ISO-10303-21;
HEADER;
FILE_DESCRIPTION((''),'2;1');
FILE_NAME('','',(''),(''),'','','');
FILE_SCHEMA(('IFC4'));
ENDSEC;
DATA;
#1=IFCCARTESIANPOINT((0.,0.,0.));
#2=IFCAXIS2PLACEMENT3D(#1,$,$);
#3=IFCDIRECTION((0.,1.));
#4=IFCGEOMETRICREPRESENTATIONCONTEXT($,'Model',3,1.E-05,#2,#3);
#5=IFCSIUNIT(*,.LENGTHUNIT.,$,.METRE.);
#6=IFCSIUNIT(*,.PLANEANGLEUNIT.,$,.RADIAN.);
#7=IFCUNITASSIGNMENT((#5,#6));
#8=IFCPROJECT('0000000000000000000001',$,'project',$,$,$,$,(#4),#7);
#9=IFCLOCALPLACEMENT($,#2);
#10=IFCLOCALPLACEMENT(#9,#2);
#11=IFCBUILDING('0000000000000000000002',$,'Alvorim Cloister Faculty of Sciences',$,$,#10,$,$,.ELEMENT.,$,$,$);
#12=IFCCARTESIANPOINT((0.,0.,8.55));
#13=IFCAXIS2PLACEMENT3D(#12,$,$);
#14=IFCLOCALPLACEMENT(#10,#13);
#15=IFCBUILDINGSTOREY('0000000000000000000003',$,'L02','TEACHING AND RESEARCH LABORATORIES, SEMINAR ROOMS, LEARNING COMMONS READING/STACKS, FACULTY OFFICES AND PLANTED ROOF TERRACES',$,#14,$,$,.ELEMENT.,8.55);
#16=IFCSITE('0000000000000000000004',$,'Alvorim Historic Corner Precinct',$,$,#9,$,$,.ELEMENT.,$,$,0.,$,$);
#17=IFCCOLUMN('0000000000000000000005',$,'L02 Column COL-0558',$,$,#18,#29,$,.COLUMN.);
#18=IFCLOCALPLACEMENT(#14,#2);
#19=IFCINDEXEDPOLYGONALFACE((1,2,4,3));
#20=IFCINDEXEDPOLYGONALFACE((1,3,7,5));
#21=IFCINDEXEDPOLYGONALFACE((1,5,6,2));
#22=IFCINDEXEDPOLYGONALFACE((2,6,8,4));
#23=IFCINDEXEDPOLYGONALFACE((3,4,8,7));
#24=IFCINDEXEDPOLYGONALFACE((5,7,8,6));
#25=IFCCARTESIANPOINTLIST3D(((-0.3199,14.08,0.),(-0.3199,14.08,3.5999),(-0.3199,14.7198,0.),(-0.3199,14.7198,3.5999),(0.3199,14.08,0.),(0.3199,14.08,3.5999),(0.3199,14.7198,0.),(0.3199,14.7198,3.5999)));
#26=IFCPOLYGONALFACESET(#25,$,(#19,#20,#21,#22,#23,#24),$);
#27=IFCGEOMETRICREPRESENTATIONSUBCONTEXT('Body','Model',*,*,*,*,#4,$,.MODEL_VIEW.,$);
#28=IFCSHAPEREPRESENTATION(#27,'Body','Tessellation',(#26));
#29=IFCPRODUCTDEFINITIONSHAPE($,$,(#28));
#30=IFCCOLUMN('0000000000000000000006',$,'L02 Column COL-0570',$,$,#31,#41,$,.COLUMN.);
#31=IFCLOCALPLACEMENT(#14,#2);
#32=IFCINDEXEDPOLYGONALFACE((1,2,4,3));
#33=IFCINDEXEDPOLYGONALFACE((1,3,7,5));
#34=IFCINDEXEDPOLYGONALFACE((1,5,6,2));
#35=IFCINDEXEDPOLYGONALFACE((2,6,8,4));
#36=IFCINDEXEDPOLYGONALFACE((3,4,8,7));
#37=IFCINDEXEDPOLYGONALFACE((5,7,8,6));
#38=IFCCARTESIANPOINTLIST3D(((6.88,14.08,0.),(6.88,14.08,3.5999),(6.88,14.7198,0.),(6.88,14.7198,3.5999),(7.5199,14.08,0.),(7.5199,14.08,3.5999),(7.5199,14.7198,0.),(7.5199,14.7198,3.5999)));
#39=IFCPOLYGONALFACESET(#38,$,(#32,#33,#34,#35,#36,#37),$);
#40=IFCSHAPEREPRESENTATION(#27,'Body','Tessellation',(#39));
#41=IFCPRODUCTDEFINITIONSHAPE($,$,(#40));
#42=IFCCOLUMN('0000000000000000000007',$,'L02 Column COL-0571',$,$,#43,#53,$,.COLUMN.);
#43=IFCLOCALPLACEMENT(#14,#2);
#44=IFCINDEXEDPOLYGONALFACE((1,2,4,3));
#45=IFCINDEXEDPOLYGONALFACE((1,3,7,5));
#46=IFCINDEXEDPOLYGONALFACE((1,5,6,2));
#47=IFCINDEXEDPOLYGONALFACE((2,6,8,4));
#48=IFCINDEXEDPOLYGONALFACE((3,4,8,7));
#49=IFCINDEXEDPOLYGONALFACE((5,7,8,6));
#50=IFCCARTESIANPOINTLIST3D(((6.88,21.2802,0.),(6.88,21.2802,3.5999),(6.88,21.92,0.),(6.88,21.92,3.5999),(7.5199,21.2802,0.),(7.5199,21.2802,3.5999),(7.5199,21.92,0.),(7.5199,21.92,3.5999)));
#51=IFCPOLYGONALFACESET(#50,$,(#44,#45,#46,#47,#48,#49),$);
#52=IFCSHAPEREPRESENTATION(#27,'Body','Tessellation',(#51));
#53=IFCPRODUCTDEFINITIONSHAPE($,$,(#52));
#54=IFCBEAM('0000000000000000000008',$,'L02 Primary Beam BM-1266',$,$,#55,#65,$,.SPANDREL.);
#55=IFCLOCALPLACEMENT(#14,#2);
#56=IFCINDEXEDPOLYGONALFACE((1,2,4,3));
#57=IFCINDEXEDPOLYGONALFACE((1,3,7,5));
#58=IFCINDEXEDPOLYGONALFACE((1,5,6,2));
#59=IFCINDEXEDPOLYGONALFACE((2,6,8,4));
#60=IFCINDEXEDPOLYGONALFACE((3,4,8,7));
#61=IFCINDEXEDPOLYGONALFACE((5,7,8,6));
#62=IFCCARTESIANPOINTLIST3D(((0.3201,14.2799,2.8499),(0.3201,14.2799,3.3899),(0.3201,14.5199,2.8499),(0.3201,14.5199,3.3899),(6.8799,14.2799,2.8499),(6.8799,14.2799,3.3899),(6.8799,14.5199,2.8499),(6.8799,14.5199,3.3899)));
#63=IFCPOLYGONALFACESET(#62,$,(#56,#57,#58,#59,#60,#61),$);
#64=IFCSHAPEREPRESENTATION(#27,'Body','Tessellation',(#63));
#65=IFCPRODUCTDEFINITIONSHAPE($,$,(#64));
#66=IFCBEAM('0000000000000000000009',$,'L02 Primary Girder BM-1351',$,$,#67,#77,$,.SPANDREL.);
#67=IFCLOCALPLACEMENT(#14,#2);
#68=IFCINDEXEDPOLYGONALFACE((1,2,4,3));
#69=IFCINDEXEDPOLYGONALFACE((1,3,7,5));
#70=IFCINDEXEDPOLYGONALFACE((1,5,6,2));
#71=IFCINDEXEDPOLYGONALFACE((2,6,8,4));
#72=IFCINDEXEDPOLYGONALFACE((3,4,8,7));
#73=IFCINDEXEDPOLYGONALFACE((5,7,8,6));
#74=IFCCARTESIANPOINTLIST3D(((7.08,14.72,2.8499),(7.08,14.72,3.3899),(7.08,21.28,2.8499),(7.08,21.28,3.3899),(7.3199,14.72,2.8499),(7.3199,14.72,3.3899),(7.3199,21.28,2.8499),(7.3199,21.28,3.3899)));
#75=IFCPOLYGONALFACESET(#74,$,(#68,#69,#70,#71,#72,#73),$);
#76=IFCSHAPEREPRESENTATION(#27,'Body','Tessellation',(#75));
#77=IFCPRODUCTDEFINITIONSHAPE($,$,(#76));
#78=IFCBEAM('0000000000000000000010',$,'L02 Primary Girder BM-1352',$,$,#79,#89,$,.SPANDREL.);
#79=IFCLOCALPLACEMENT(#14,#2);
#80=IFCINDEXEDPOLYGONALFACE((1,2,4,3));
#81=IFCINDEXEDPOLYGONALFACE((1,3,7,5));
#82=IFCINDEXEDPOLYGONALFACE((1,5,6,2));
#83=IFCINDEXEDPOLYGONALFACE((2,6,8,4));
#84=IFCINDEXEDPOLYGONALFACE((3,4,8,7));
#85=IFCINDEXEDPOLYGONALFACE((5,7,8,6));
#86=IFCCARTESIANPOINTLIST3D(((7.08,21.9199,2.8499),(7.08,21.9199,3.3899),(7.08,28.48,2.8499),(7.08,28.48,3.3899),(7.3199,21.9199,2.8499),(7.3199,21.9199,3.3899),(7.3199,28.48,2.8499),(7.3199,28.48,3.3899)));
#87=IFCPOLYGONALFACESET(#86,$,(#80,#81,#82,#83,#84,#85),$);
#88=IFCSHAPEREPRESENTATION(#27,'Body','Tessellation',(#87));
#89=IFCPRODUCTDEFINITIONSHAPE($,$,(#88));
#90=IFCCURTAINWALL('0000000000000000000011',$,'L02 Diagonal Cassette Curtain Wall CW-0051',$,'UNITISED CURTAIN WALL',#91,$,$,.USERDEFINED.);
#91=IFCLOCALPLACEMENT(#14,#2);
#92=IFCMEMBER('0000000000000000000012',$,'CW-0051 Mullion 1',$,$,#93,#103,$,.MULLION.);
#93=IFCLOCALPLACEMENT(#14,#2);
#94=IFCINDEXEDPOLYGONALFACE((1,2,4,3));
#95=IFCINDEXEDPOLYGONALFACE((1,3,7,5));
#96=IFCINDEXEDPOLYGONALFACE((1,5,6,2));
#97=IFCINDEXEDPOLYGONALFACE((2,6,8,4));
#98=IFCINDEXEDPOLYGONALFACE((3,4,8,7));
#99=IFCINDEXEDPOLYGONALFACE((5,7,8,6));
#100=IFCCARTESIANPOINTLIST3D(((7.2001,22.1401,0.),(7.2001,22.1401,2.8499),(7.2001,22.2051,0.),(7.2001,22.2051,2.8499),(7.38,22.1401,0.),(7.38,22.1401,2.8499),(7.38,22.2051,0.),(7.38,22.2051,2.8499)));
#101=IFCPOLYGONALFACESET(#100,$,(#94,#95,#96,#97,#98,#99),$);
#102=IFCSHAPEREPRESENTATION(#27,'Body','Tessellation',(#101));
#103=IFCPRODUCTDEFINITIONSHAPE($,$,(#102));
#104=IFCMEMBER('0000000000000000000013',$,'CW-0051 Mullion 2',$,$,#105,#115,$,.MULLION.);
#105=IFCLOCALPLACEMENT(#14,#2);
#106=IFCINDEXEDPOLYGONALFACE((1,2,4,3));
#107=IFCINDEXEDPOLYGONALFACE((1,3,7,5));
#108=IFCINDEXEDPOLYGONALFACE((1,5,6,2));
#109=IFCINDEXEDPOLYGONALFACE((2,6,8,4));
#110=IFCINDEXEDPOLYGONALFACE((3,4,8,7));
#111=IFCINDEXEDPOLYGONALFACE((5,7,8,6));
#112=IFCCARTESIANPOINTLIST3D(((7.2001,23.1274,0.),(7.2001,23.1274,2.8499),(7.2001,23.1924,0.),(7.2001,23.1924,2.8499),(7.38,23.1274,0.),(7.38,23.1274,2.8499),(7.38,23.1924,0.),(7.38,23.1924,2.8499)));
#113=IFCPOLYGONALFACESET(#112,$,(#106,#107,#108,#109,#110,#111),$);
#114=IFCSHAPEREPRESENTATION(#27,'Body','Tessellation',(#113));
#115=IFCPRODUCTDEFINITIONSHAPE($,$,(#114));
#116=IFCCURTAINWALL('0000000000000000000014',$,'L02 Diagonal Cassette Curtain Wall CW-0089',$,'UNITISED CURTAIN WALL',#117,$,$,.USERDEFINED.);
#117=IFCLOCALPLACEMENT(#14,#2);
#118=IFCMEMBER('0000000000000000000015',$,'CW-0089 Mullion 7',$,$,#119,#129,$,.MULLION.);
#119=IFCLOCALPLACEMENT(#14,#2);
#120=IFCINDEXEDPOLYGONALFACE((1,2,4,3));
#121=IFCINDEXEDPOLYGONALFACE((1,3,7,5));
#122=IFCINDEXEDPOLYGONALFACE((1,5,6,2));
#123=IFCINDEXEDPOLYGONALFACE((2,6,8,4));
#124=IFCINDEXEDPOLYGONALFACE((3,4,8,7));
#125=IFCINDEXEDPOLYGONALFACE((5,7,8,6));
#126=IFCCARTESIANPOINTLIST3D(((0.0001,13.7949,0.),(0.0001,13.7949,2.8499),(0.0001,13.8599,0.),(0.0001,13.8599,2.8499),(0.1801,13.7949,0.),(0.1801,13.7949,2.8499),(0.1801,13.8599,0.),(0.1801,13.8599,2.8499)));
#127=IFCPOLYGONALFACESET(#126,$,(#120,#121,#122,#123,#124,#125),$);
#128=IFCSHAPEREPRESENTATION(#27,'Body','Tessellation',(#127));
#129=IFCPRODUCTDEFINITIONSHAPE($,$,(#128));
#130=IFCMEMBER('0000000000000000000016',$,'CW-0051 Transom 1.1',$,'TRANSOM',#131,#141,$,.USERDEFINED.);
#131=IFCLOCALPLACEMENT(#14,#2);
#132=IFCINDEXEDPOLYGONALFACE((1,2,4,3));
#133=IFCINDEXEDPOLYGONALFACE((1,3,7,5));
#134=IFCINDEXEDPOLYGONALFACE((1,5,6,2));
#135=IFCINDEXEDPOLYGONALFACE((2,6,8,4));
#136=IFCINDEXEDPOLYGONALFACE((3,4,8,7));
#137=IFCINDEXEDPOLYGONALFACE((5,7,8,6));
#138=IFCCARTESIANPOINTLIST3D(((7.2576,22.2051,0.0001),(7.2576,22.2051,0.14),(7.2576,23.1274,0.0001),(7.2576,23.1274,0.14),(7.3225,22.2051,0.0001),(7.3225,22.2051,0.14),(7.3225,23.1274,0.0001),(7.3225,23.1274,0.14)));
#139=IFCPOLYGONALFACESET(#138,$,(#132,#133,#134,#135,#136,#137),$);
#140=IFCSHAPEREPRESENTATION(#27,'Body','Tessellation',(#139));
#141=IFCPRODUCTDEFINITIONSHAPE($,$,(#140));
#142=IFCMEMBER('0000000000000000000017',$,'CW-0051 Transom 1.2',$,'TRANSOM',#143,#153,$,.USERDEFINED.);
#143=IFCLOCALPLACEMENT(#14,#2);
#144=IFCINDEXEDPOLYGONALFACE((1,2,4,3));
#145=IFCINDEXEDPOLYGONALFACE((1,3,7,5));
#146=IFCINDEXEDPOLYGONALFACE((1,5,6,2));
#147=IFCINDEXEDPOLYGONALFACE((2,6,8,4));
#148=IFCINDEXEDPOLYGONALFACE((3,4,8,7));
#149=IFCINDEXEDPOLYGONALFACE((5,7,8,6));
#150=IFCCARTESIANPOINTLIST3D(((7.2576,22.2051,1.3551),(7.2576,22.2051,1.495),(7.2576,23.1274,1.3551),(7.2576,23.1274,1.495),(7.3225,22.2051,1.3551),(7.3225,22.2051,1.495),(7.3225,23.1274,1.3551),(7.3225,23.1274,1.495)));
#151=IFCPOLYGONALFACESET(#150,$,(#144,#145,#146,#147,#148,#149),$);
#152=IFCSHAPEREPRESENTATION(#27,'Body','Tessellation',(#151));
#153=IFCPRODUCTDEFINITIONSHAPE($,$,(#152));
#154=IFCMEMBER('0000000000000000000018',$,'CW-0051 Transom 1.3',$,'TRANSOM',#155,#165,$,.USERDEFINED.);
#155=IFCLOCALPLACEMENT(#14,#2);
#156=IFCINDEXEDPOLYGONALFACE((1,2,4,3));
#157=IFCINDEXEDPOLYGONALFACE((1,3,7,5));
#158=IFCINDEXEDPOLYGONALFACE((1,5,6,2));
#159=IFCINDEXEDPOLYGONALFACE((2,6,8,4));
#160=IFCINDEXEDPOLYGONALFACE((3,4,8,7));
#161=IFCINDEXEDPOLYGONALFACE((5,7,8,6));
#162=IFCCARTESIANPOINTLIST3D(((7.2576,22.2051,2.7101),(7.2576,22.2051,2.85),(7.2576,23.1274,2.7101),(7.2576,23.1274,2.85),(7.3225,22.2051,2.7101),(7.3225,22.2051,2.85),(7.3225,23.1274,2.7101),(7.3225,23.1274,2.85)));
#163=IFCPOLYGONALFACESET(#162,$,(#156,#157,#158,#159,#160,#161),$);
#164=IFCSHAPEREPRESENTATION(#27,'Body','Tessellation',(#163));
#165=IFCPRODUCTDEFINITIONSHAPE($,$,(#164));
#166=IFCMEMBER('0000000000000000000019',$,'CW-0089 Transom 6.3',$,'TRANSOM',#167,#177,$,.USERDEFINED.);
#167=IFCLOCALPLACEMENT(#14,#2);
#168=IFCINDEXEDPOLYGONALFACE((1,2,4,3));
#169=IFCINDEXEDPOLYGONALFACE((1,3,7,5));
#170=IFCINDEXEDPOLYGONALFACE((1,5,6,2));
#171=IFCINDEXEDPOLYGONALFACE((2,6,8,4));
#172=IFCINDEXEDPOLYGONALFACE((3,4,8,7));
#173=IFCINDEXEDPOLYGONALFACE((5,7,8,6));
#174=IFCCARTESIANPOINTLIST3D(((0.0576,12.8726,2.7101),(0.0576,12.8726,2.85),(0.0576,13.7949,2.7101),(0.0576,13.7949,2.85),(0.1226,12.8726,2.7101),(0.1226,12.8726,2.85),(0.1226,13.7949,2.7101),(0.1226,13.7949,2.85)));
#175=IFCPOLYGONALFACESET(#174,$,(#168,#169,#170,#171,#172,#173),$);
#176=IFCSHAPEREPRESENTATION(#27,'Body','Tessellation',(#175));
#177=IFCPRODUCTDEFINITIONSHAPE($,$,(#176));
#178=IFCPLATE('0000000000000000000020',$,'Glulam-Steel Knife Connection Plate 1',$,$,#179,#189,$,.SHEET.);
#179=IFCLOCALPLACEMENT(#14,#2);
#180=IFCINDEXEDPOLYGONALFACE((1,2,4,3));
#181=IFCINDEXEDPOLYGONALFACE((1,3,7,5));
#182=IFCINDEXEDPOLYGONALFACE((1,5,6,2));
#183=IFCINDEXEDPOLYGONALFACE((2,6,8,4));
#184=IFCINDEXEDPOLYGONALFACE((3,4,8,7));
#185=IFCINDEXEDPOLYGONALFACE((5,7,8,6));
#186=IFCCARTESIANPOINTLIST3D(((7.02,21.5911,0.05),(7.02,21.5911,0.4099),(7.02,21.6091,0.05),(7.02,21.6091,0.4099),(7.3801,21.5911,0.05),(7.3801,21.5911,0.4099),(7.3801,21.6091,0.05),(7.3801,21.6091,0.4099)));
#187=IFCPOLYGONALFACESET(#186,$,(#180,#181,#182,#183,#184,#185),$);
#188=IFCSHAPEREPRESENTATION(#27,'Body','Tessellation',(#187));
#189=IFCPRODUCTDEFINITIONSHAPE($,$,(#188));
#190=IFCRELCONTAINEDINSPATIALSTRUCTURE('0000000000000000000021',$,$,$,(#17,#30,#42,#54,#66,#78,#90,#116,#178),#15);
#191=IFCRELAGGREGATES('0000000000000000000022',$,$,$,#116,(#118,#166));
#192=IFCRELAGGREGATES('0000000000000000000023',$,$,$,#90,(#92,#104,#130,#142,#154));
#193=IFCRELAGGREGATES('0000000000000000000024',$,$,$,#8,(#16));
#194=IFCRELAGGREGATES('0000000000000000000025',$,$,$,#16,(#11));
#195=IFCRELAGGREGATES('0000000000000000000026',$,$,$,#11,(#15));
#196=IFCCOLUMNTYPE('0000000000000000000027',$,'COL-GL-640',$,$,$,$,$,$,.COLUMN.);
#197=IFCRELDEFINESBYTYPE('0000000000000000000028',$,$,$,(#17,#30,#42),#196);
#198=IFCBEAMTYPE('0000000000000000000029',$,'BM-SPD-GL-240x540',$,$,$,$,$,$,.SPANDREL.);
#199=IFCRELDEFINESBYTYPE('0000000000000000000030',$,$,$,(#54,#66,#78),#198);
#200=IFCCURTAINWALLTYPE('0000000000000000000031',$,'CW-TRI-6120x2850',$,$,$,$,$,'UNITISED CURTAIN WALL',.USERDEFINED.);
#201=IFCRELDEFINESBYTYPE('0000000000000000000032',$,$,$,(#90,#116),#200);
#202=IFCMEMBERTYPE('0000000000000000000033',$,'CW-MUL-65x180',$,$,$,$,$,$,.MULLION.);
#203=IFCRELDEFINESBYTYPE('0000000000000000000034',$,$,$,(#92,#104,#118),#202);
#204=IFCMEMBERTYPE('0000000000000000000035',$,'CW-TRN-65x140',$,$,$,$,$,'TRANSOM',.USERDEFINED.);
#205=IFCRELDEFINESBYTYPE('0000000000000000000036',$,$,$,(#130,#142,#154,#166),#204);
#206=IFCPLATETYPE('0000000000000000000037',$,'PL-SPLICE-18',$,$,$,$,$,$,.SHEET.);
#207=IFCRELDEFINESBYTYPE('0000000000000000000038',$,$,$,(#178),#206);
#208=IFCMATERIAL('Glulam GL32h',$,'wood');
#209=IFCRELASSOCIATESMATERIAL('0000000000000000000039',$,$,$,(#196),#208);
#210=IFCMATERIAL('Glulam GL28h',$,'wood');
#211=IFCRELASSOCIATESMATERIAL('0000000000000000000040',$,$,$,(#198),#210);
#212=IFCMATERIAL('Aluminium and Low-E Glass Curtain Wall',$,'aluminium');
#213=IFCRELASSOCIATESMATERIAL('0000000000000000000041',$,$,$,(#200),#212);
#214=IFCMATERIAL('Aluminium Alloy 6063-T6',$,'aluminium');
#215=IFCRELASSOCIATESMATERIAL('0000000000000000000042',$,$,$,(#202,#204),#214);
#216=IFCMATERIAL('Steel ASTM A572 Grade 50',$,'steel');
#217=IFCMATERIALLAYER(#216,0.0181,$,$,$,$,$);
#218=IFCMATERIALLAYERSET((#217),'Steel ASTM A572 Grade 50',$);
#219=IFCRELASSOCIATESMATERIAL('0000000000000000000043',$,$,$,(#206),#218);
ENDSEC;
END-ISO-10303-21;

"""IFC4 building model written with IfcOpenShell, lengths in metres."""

from ifc_helpers import new_model, si_unit, direction, frame, origin, origin_2d, place, context, subcontext, project, spatial, polyline, rectangle, outline, extrude, material, layer, layer_set, material_profile, profile_set, type_object, element, aggregate, save


model = new_model("IFC4")

# Units and contexts
model_context = context("Model", 3, precision=1e-05, world=origin(), true_north=direction((0.0, 1.0)))
body_context = subcontext(model_context, "Body", "Model", "MODEL_VIEW")
ifc_project = project(units=[si_unit("LENGTHUNIT", "METRE"), si_unit("PLANEANGLEUNIT", "RADIAN")], contexts=[model_context])

# Site, building, storey
site_placement = place(None, origin())
site = spatial("IfcSite", under=ifc_project, at=site_placement, Name="Alvorim Historic Corner Precinct", CompositionType="ELEMENT", RefElevation=0.0)
building_placement = place(site_placement, origin())
building = spatial("IfcBuilding", under=site, at=building_placement, Name="Alvorim Cloister Faculty of Sciences", CompositionType="ELEMENT")
storey_placement = place(building_placement, frame((0.0, 0.0, 8.55)))
storey = spatial("IfcBuildingStorey", under=building, at=storey_placement, Name="L02", Description="TEACHING AND RESEARCH LABORATORIES, SEMINAR ROOMS, LEARNING COMMONS READING/STACKS, FACULTY OFFICES AND PLANTED ROOF TERRACES", CompositionType="ELEMENT", Elevation=8.55)

# Columns
ifc_material_1 = material(Name="Glulam GL32h", Category="wood")
ifc_material_profile_1 = material_profile(ifc_material_1, rectangle(XDim=0.6399, YDim=0.6399, at=origin_2d()), Name="GL32-COL-640x640")
ifc_profile_set_1 = profile_set([ifc_material_profile_1], Name="Glulam GL32h")
column_type = type_object("IfcColumnType", Name="COL-GL-640", PredefinedType="COLUMN", material=ifc_profile_set_1)
for number, where, z_axis, x_axis, name in (
    (1, (0.0, 14.3999, 0.0), (0.0, 0.0, 1.0), (1.0, 0.0, 0.0), "L02 Column COL-0558"),
    (2, (7.2, 14.3999, 0.0), (0.0, 0.0, 1.0), (1.0, 0.0, 0.0), "L02 Column COL-0570"),
    (3, (7.2, 21.6001, 0.0), (0.0, 0.0, 1.0), (1.0, 0.0, 0.0), "L02 Column COL-0571"),
):
    element("IfcColumn", number, at=place(storey_placement, frame(where, z_axis=z_axis, x_axis=x_axis)), inside=storey, type_object=column_type, Name=name, PredefinedType="COLUMN", context=body_context, shape_type="SweptSolid", body=[
        extrude(rectangle(XDim=0.6399, YDim=0.6399, at=origin_2d()), origin(), (0.0, 0.0, 1.0), 3.5999),
    ])

# Beams
ifc_material_2 = material(Name="Glulam GL28h", Category="wood")
ifc_material_profile_2 = material_profile(ifc_material_2, rectangle(XDim=0.24, YDim=0.54, at=origin_2d()), Name="GL28-SPD-240x540")
ifc_profile_set_2 = profile_set([ifc_material_profile_2], Name="Glulam GL28h")
beam_type = type_object("IfcBeamType", Name="BM-SPD-GL-240x540", PredefinedType="SPANDREL", material=ifc_profile_set_2)
beam_placement = place(storey_placement, frame((0.3201, 14.3999, 3.1199), z_axis=(1.0, 0.0, 0.0), x_axis=(0.0, 1.0, 0.0)))
element("IfcBeam", 4, at=beam_placement, inside=storey, type_object=beam_type, Name="L02 Primary Beam BM-1266", PredefinedType="SPANDREL", context=body_context, shape_type="SweptSolid", body=[
    extrude(rectangle(XDim=0.24, YDim=0.54, at=origin_2d()), origin(), (0.0, 0.0, 1.0), 6.5598),
])
for number, where, z_axis, x_axis, name in (
    (5, (7.2, 14.72, 3.1199), (0.0, 1.0, 0.0), (-1.0, 0.0, 0.0), "L02 Primary Girder BM-1351"),
    (6, (7.2, 21.9199, 3.1199), (0.0, 1.0, 0.0), (-1.0, 0.0, 0.0), "L02 Primary Girder BM-1352"),
):
    element("IfcBeam", number, at=place(storey_placement, frame(where, z_axis=z_axis, x_axis=x_axis)), inside=storey, type_object=beam_type, Name=name, PredefinedType="SPANDREL", context=body_context, shape_type="SweptSolid", body=[
        extrude(rectangle(XDim=0.24, YDim=0.54, at=origin_2d()), origin(), (0.0, 0.0, 1.0), 6.5601),
    ])

# Curtain wall, members
ifc_material_3 = material(Name="Aluminium and Low-E Glass Curtain Wall", Category="aluminium")
curtain_wall_type = type_object("IfcCurtainWallType", Name="CW-TRI-6120x2850", ElementType="UNITISED CURTAIN WALL", PredefinedType="USERDEFINED", material=ifc_material_3)
curtain_wall_1_placement = place(storey_placement, origin())
curtain_wall_1 = element("IfcCurtainWall", 7, at=curtain_wall_1_placement, inside=storey, type_object=curtain_wall_type, Name="L02 Diagonal Cassette Curtain Wall CW-0051", ObjectType="UNITISED CURTAIN WALL", PredefinedType="USERDEFINED")
ifc_material_4 = material(Name="Aluminium Alloy 6063-T6", Category="aluminium")
ifc_material_profile_3 = material_profile(ifc_material_4, rectangle(XDim=0.0649, YDim=0.1799, at=origin_2d()), Name="ALU-MUL-65x180")
ifc_profile_set_3 = profile_set([ifc_material_profile_3], Name="Aluminium Alloy 6063-T6")
member_type_1 = type_object("IfcMemberType", Name="CW-MUL-65x180", PredefinedType="MULLION", material=ifc_profile_set_3)
member_1_placement = place(storey_placement, frame((7.29, 22.1726, 0.0), z_axis=(0.0, 0.0, 1.0), x_axis=(0.0, 1.0, 0.0)))
member_1 = element("IfcMember", 8, at=member_1_placement, type_object=member_type_1, Name="CW-0051 Mullion 1", PredefinedType="MULLION", context=body_context, shape_type="SweptSolid", body=[
    extrude(rectangle(XDim=0.0649, YDim=0.1799, at=origin_2d()), origin(), (0.0, 0.0, 1.0), 2.8499),
])
member_2_placement = place(storey_placement, frame((7.29, 23.1599, 0.0), z_axis=(0.0, 0.0, 1.0), x_axis=(0.0, 1.0, 0.0)))
member_2 = element("IfcMember", 9, at=member_2_placement, type_object=member_type_1, Name="CW-0051 Mullion 2", PredefinedType="MULLION", context=body_context, shape_type="SweptSolid", body=[
    extrude(rectangle(XDim=0.0649, YDim=0.1799, at=origin_2d()), origin(), (0.0, 0.0, 1.0), 2.8499),
])

# Curtain wall, member
curtain_wall_2_placement = place(storey_placement, origin())
curtain_wall_2 = element("IfcCurtainWall", 10, at=curtain_wall_2_placement, inside=storey, type_object=curtain_wall_type, Name="L02 Diagonal Cassette Curtain Wall CW-0089", ObjectType="UNITISED CURTAIN WALL", PredefinedType="USERDEFINED")
member_3_placement = place(storey_placement, frame((0.0901, 13.8274, 0.0), z_axis=(0.0, 0.0, 1.0), x_axis=(0.0, 1.0, 0.0)))
member_3 = element("IfcMember", 11, at=member_3_placement, type_object=member_type_1, Name="CW-0089 Mullion 7", PredefinedType="MULLION", context=body_context, shape_type="SweptSolid", body=[
    extrude(rectangle(XDim=0.0649, YDim=0.1799, at=origin_2d()), origin(), (0.0, 0.0, 1.0), 2.8499),
])

# Members
ifc_material_profile_4 = material_profile(ifc_material_4, rectangle(XDim=0.0649, YDim=0.1399, at=origin_2d()), Name="ALU-TRN-65x140")
ifc_profile_set_4 = profile_set([ifc_material_profile_4], Name="Aluminium Alloy 6063-T6")
member_type_2 = type_object("IfcMemberType", Name="CW-TRN-65x140", ElementType="TRANSOM", PredefinedType="USERDEFINED", material=ifc_profile_set_4)
member_4_placement = place(storey_placement, frame((7.29, 22.2051, 0.0701), z_axis=(0.0, 1.0, 0.0), x_axis=(-1.0, 0.0, 0.0)))
member_4 = element("IfcMember", 12, at=member_4_placement, type_object=member_type_2, Name="CW-0051 Transom 1.1", ObjectType="TRANSOM", PredefinedType="USERDEFINED", context=body_context, shape_type="SweptSolid", body=[
    extrude(rectangle(XDim=0.0649, YDim=0.1399, at=origin_2d()), origin(), (0.0, 0.0, 1.0), 0.9224),
])
member_5_placement = place(storey_placement, frame((7.29, 22.2051, 1.425), z_axis=(0.0, 1.0, 0.0), x_axis=(-1.0, 0.0, 0.0)))
member_5 = element("IfcMember", 13, at=member_5_placement, type_object=member_type_2, Name="CW-0051 Transom 1.2", ObjectType="TRANSOM", PredefinedType="USERDEFINED", context=body_context, shape_type="SweptSolid", body=[
    extrude(rectangle(XDim=0.0649, YDim=0.1399, at=origin_2d()), origin(), (0.0, 0.0, 1.0), 0.9224),
])
member_6_placement = place(storey_placement, frame((7.29, 22.2051, 2.78), z_axis=(0.0, 1.0, 0.0), x_axis=(-1.0, 0.0, 0.0)))
member_6 = element("IfcMember", 14, at=member_6_placement, type_object=member_type_2, Name="CW-0051 Transom 1.3", ObjectType="TRANSOM", PredefinedType="USERDEFINED", context=body_context, shape_type="SweptSolid", body=[
    extrude(rectangle(XDim=0.0649, YDim=0.1399, at=origin_2d()), origin(), (0.0, 0.0, 1.0), 0.9224),
])
member_7_placement = place(storey_placement, frame((0.0901, 12.8726, 2.78), z_axis=(0.0, 1.0, 0.0), x_axis=(-1.0, 0.0, 0.0)))
member_7 = element("IfcMember", 15, at=member_7_placement, type_object=member_type_2, Name="CW-0089 Transom 6.3", ObjectType="TRANSOM", PredefinedType="USERDEFINED", context=body_context, shape_type="SweptSolid", body=[
    extrude(rectangle(XDim=0.0649, YDim=0.1399, at=origin_2d()), origin(), (0.0, 0.0, 1.0), 0.9224),
])
aggregate(curtain_wall_2, [member_3, member_7])

# Plate
ifc_material_5 = material(Name="Steel ASTM A572 Grade 50", Category="steel")
ifc_layer_1 = layer(ifc_material_5, 0.0181)
ifc_layer_set_1 = layer_set([ifc_layer_1], Name="Steel ASTM A572 Grade 50")
plate_type_1 = type_object("IfcPlateType", Name="PL-SPLICE-18", PredefinedType="SHEET", material=ifc_layer_set_1)
plate_1_placement = place(storey_placement, frame((7.02, 21.6001, 0.05), z_axis=(0.0, 0.0, 1.0), x_axis=(1.0, 0.0, 0.0)))
element("IfcPlate", 16, at=plate_1_placement, inside=storey, type_object=plate_type_1, Name="Glulam-Steel Knife Connection Plate 1", PredefinedType="SHEET", context=body_context, shape_type="SweptSolid", body=[
    extrude(outline(polyline([(0.0, 0.0), (0.3601, 0.0), (0.3601, 0.3599), (0.0, 0.3599), (0.0, 0.0)])), frame((0.0, 0.009, 0.0), z_axis=(0.0, -1.0, 0.0), x_axis=(1.0, 0.0, 0.0)), (0.0, 0.0, 1.0), 0.0181),
])
aggregate(curtain_wall_1, [member_1, member_2, member_4, member_5, member_6])

save(model, "model.ifc")
